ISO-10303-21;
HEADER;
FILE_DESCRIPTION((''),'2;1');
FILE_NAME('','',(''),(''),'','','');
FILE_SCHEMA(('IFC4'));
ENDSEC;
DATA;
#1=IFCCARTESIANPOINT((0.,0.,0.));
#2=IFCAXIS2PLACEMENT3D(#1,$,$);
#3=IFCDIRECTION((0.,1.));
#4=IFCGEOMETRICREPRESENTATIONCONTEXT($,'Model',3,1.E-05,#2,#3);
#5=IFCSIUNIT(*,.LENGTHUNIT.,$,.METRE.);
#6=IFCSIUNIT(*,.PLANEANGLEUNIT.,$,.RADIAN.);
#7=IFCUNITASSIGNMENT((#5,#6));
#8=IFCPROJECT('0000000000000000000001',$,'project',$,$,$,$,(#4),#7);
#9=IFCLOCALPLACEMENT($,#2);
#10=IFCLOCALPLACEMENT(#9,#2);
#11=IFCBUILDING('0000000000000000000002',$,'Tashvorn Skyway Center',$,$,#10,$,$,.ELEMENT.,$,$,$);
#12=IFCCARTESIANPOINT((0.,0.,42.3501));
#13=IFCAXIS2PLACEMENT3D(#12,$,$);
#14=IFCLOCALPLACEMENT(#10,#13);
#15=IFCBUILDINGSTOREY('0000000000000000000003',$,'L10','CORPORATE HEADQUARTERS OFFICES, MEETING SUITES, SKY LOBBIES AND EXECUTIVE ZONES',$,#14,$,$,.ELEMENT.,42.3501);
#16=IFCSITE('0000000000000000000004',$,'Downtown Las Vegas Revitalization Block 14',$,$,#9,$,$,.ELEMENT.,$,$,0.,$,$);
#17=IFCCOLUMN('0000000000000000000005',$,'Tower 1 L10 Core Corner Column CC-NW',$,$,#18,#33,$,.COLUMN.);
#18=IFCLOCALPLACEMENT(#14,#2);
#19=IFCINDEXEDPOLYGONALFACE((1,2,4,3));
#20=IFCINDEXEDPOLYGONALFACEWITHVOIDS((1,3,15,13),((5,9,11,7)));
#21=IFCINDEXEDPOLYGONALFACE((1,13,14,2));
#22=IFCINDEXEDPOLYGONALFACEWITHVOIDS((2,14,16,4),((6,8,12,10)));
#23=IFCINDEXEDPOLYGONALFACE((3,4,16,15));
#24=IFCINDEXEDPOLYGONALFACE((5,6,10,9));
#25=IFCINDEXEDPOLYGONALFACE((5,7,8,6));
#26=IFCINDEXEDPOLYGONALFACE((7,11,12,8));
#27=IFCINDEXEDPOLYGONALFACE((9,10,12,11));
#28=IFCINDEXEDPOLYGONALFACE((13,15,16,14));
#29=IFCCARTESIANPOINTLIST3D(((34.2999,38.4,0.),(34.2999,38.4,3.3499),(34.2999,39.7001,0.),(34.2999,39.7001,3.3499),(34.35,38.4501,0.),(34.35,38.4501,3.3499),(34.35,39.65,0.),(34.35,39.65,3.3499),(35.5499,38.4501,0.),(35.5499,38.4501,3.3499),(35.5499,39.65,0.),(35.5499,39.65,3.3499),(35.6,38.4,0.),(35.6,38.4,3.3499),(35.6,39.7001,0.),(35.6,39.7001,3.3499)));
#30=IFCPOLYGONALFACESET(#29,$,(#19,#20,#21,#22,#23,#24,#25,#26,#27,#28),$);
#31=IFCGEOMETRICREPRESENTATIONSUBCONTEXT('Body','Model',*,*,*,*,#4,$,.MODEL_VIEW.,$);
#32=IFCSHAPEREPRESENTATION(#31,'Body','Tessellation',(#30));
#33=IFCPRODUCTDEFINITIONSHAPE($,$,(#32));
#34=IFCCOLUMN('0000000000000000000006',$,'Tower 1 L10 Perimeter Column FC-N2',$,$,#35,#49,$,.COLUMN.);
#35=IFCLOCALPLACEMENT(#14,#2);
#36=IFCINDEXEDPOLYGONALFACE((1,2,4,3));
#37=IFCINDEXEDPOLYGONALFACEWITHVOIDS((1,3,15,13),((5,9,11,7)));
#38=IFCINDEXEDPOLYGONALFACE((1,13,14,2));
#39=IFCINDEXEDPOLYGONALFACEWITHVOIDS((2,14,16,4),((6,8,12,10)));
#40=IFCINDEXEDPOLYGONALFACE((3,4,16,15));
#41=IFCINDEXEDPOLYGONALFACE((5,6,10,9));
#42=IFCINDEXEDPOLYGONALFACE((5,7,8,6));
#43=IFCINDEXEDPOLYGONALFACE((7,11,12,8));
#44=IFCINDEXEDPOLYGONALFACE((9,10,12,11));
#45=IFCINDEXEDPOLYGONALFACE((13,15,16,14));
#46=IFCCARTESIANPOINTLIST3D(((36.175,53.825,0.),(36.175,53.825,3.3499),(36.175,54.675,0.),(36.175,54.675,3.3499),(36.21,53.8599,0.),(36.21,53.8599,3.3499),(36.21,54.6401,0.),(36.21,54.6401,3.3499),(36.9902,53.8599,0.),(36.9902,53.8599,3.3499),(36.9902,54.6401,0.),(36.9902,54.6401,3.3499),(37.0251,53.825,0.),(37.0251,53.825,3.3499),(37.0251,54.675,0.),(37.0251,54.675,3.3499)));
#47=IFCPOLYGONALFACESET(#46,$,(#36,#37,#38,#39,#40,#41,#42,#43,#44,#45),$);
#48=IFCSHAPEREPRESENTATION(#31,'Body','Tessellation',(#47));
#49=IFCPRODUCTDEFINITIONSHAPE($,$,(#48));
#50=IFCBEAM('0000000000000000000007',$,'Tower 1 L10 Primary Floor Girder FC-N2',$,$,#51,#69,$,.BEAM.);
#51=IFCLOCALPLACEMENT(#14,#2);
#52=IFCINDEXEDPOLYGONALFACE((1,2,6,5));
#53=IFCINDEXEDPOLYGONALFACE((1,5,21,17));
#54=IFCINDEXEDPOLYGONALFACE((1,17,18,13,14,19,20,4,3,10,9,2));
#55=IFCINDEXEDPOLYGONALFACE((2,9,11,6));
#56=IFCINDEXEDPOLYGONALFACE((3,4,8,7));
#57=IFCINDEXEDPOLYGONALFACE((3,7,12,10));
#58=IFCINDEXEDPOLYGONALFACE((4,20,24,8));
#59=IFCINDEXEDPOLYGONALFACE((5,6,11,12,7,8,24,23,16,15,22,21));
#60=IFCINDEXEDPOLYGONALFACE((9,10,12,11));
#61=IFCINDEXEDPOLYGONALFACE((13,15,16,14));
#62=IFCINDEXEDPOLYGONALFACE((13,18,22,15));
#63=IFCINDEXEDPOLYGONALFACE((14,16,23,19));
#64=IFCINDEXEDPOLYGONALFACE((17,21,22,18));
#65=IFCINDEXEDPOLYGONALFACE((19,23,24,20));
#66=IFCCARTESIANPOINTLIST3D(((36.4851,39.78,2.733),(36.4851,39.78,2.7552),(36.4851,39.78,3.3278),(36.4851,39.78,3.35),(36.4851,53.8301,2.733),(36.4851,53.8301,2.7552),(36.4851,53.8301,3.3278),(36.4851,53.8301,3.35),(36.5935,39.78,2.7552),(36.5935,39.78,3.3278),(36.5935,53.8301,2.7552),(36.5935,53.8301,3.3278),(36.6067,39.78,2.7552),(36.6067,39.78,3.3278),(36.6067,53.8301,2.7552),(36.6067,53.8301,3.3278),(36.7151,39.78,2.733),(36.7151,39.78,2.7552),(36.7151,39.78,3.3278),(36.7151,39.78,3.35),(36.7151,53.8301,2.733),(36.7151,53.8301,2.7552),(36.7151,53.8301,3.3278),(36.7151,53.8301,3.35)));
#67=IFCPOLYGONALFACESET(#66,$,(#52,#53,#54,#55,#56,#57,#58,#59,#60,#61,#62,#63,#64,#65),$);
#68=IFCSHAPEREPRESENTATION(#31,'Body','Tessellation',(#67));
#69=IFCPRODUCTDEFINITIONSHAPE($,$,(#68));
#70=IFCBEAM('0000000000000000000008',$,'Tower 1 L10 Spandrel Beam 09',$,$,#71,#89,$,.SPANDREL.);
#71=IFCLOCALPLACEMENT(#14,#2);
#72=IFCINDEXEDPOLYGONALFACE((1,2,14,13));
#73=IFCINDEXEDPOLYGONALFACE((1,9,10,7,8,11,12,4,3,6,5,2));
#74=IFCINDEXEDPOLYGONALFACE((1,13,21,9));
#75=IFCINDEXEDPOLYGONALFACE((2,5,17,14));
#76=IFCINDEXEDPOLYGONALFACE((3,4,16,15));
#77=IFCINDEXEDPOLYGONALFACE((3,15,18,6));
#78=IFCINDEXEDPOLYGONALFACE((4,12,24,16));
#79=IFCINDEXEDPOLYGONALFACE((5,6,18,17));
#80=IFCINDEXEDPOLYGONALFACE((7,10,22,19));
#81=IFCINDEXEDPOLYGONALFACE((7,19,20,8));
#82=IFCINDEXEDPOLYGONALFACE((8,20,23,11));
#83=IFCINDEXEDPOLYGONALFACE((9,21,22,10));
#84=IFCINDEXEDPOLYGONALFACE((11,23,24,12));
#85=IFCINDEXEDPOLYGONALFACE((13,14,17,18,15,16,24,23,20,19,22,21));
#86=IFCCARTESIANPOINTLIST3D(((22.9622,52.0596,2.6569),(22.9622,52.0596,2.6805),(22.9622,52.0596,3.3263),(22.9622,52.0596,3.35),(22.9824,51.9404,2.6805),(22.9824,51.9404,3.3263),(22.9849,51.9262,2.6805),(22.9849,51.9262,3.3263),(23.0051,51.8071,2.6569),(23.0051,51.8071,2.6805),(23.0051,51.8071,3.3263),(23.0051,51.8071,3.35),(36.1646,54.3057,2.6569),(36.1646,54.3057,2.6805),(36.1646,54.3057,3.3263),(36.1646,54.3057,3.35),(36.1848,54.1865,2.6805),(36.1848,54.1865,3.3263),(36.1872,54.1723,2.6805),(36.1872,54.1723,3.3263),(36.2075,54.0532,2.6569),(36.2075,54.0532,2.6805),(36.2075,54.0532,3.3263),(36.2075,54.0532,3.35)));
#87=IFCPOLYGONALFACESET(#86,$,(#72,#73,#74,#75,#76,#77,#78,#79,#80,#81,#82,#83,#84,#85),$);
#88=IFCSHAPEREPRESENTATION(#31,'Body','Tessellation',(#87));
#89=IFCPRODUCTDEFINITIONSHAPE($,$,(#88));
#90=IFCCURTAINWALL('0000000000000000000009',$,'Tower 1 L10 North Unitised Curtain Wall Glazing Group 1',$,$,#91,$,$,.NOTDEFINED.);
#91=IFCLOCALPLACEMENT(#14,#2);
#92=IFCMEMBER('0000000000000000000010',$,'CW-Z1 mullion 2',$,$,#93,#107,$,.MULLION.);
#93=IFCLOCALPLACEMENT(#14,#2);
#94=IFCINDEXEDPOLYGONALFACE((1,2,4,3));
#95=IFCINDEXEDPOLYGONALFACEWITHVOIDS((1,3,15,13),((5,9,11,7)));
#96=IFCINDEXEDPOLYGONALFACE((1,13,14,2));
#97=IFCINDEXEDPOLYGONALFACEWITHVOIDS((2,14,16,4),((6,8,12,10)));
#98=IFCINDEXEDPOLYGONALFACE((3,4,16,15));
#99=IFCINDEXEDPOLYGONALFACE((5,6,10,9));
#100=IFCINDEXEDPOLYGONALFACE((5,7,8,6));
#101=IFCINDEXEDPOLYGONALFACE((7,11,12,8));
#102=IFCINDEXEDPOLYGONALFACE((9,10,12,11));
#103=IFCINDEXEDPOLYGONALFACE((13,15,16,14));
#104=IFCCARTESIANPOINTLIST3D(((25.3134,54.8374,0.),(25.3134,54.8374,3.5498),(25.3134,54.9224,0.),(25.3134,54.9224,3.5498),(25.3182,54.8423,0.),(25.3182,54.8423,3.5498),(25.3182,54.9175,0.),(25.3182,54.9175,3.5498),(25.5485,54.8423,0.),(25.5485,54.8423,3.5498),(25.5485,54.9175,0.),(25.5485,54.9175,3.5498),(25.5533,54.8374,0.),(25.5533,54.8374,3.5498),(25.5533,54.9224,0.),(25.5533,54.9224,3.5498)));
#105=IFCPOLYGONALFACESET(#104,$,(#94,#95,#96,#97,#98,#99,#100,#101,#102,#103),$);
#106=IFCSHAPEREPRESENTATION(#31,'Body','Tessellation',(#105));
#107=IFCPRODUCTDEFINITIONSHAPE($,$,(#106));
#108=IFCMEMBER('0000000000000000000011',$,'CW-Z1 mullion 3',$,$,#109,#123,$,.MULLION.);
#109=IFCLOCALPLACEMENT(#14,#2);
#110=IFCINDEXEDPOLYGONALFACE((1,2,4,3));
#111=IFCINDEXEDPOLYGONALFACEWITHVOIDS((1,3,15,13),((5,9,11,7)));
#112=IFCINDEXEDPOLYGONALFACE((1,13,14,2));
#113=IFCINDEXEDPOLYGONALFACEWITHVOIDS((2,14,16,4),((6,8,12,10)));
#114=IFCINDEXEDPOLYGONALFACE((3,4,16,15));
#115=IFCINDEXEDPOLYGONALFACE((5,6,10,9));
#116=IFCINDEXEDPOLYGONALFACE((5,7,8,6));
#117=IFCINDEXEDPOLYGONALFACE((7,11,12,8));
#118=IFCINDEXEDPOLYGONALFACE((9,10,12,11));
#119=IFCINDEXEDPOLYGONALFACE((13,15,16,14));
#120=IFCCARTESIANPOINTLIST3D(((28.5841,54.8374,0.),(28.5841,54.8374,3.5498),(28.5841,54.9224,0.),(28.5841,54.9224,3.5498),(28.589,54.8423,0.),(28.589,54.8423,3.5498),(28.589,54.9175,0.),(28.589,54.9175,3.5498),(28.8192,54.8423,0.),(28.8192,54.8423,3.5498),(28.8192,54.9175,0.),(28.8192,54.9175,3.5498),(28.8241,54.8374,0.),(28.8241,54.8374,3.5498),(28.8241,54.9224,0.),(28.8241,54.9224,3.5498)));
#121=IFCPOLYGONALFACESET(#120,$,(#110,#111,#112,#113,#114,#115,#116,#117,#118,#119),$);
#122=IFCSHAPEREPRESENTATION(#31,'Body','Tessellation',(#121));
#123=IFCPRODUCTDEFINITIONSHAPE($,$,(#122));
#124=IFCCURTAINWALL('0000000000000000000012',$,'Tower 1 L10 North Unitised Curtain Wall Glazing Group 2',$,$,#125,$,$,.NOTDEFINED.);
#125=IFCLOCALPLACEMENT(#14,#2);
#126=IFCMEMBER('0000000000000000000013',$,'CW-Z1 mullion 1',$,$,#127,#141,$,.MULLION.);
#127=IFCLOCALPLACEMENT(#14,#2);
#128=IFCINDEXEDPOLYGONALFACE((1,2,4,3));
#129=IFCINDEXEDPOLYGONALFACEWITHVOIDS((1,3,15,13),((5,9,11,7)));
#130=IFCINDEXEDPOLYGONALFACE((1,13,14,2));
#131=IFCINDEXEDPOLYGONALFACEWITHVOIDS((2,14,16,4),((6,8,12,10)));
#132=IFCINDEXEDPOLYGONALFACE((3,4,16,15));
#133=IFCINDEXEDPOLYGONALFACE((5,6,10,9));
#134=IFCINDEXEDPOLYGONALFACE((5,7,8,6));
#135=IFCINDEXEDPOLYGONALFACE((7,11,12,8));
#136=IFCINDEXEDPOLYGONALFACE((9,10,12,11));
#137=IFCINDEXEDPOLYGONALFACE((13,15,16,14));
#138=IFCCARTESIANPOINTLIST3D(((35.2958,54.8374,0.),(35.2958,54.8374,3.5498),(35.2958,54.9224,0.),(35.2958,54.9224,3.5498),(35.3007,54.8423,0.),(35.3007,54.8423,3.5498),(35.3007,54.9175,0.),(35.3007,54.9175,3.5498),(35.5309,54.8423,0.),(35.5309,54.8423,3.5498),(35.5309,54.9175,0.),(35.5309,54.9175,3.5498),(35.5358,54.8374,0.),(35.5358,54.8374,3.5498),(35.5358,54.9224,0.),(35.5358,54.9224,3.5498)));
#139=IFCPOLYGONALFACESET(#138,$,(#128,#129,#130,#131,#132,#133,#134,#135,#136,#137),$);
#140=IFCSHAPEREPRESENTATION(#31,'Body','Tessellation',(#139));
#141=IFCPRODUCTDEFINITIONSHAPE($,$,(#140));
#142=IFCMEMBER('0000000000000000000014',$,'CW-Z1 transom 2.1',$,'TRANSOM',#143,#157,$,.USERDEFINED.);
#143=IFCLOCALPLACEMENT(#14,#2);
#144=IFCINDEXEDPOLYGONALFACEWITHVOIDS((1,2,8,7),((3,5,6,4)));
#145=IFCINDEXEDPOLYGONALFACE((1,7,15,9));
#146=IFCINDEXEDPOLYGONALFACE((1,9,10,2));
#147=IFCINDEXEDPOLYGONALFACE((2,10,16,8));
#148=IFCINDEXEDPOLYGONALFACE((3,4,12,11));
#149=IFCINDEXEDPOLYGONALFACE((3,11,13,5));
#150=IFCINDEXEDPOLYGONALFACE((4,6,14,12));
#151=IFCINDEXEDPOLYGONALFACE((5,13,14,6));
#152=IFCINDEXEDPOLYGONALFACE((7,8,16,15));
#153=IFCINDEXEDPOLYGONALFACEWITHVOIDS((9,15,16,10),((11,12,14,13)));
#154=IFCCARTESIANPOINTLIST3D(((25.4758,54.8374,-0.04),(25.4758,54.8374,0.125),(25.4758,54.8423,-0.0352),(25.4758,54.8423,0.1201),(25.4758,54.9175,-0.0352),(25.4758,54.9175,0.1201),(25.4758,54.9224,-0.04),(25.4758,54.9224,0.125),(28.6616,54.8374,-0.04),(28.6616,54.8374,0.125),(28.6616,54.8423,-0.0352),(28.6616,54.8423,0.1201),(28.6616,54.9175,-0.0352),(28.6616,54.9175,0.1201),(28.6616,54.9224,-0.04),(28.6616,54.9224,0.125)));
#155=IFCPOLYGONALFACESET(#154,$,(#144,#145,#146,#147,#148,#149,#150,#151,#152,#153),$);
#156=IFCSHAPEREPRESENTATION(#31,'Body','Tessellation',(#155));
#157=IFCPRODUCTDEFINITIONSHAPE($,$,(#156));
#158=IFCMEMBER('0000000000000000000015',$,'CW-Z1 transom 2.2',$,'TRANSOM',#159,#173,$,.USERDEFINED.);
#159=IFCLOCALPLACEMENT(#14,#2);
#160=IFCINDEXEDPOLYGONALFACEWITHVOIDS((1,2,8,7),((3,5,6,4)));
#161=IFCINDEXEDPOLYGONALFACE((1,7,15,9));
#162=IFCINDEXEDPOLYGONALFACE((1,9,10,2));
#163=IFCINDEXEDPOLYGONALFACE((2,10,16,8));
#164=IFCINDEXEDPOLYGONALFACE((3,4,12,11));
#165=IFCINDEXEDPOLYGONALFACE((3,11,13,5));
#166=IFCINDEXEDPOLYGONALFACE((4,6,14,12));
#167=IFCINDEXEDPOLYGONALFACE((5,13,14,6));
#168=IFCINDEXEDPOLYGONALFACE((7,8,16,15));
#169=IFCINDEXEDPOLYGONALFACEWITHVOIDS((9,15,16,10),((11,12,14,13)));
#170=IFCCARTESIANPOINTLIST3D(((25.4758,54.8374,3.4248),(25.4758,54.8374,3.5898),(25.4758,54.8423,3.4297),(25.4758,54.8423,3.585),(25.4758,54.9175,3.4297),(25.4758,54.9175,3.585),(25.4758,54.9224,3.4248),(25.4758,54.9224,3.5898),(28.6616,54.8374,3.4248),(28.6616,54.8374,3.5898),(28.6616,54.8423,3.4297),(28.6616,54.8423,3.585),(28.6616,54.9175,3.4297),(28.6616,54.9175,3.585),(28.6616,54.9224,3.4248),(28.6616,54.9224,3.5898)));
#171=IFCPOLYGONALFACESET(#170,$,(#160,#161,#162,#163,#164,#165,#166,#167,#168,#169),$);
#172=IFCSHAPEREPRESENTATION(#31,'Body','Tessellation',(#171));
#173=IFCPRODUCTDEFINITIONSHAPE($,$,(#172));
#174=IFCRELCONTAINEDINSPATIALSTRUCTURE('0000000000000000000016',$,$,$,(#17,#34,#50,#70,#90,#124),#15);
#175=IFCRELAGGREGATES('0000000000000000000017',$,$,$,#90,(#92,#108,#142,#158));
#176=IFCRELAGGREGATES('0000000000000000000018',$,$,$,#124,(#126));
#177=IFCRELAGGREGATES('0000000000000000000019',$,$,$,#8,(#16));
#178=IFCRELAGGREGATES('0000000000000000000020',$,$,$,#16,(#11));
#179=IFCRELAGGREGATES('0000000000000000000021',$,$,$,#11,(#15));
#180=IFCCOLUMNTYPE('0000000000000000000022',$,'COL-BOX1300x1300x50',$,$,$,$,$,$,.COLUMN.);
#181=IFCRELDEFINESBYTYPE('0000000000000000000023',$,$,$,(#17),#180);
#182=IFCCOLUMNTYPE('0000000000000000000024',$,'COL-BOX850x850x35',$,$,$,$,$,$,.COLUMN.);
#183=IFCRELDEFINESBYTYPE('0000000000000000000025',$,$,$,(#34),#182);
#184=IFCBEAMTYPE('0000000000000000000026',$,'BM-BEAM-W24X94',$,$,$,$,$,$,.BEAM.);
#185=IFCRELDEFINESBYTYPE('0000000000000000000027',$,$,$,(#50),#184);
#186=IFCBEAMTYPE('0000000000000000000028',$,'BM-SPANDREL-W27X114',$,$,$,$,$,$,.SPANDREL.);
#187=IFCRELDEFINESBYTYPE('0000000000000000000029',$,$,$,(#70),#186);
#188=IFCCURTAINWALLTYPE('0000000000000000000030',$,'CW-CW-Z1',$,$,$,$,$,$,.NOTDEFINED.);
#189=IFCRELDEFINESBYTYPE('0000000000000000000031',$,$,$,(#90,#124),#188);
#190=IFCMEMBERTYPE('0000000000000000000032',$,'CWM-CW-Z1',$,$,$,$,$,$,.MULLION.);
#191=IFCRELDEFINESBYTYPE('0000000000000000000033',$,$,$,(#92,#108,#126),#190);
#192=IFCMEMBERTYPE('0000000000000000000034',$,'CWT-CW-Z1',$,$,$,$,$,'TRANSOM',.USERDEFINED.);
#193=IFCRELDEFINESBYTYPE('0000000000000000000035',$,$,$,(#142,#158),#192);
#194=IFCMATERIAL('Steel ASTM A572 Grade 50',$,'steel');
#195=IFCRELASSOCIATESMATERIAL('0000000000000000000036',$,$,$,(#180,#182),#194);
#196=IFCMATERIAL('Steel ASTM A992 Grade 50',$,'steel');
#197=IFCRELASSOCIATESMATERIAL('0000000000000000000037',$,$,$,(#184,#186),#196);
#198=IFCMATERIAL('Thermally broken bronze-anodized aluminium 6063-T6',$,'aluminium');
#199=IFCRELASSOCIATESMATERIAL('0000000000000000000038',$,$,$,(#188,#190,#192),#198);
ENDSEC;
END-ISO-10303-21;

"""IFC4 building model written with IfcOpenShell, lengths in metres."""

from ifc_helpers import new_model, si_unit, direction, frame, origin, origin_2d, place, context, subcontext, project, spatial, hollow_rectangle, i_section, extrude, material, material_profile, profile_set, type_object, element, aggregate, save


model = new_model("IFC4")

# Units and contexts
model_context = context("Model", 3, precision=1e-05, world=origin(), true_north=direction((0.0, 1.0)))
body_context = subcontext(model_context, "Body", "Model", "MODEL_VIEW")
ifc_project = project(units=[si_unit("LENGTHUNIT", "METRE"), si_unit("PLANEANGLEUNIT", "RADIAN")], contexts=[model_context])

# Site, building, storey
site_placement = place(None, origin())
site = spatial("IfcSite", under=ifc_project, at=site_placement, Name="Downtown Las Vegas Revitalization Block 14", CompositionType="ELEMENT", RefElevation=0.0)
building_placement = place(site_placement, origin())
building = spatial("IfcBuilding", under=site, at=building_placement, Name="Tashvorn Skyway Center", CompositionType="ELEMENT")
storey_placement = place(building_placement, frame((0.0, 0.0, 42.3501)))
storey = spatial("IfcBuildingStorey", under=building, at=storey_placement, Name="L10", Description="CORPORATE HEADQUARTERS OFFICES, MEETING SUITES, SKY LOBBIES AND EXECUTIVE ZONES", CompositionType="ELEMENT", Elevation=42.3501)

# Columns
ifc_material_1 = material(Name="Steel ASTM A572 Grade 50", Category="steel")
ifc_material_profile_1 = material_profile(ifc_material_1, hollow_rectangle(XDim=1.3, YDim=1.3, WallThickness=0.05, at=origin_2d()), Name="BOX1300x1300x50")
ifc_profile_set_1 = profile_set([ifc_material_profile_1], Name="Steel ASTM A572 Grade 50")
column_type_1 = type_object("IfcColumnType", Name="COL-BOX1300x1300x50", PredefinedType="COLUMN", material=ifc_profile_set_1)
column_1_placement = place(storey_placement, frame((34.95, 39.05, 0.0), z_axis=(0.0, 0.0, 1.0), x_axis=(1.0, 0.0, 0.0)))
element("IfcColumn", 1, at=column_1_placement, inside=storey, type_object=column_type_1, Name="Tower 1 L10 Core Corner Column CC-NW", PredefinedType="COLUMN", context=body_context, shape_type="SweptSolid", body=[
    extrude(hollow_rectangle(XDim=1.3, YDim=1.3, WallThickness=0.05, at=origin_2d()), origin(), (0.0, 0.0, 1.0), 3.3499),
])
ifc_material_profile_2 = material_profile(ifc_material_1, hollow_rectangle(XDim=0.8501, YDim=0.8501, WallThickness=0.0349, at=origin_2d()), Name="BOX850x850x35")
ifc_profile_set_2 = profile_set([ifc_material_profile_2], Name="Steel ASTM A572 Grade 50")
column_type_2 = type_object("IfcColumnType", Name="COL-BOX850x850x35", PredefinedType="COLUMN", material=ifc_profile_set_2)
column_2_placement = place(storey_placement, frame((36.6001, 54.25, 0.0), z_axis=(0.0, 0.0, 1.0), x_axis=(1.0, 0.0, 0.0)))
element("IfcColumn", 2, at=column_2_placement, inside=storey, type_object=column_type_2, Name="Tower 1 L10 Perimeter Column FC-N2", PredefinedType="COLUMN", context=body_context, shape_type="SweptSolid", body=[
    extrude(hollow_rectangle(XDim=0.8501, YDim=0.8501, WallThickness=0.0349, at=origin_2d()), origin(), (0.0, 0.0, 1.0), 3.3499),
])

# Beams
ifc_material_2 = material(Name="Steel ASTM A992 Grade 50", Category="steel")
ifc_material_profile_3 = material_profile(ifc_material_2, i_section(OverallWidth=0.23, OverallDepth=0.6169, WebThickness=0.0132, FlangeThickness=0.0222, at=origin_2d()), Name="W24X94")
ifc_profile_set_3 = profile_set([ifc_material_profile_3], Name="Steel ASTM A992 Grade 50")
beam_type_1 = type_object("IfcBeamType", Name="BM-BEAM-W24X94", PredefinedType="BEAM", material=ifc_profile_set_3)
beam_1_placement = place(storey_placement, frame((36.6001, 53.8301, 3.0415), z_axis=(0.0, -1.0, 0.0), x_axis=(1.0, 0.0, 0.0)))
element("IfcBeam", 3, at=beam_1_placement, inside=storey, type_object=beam_type_1, Name="Tower 1 L10 Primary Floor Girder FC-N2", PredefinedType="BEAM", context=body_context, shape_type="SweptSolid", body=[
    extrude(i_section(OverallWidth=0.23, OverallDepth=0.6169, WebThickness=0.0132, FlangeThickness=0.0222, at=origin_2d()), origin(), (0.0, 0.0, 1.0), 14.05),
])
ifc_material_profile_4 = material_profile(ifc_material_2, i_section(OverallWidth=0.2561, OverallDepth=0.6931, WebThickness=0.0144, FlangeThickness=0.0237, at=origin_2d()), Name="W27X114")
ifc_profile_set_4 = profile_set([ifc_material_profile_4], Name="Steel ASTM A992 Grade 50")
beam_type_2 = type_object("IfcBeamType", Name="BM-SPANDREL-W27X114", PredefinedType="SPANDREL", material=ifc_profile_set_4)
beam_2_placement = place(storey_placement, frame((36.186, 54.1794, 3.0034), z_axis=(-0.985835, -0.167718, 0.0), x_axis=(0.167718, -0.985835, 0.0)))
element("IfcBeam", 4, at=beam_2_placement, inside=storey, type_object=beam_type_2, Name="Tower 1 L10 Spandrel Beam 09", PredefinedType="SPANDREL", context=body_context, shape_type="SweptSolid", body=[
    extrude(i_section(OverallWidth=0.2561, OverallDepth=0.6931, WebThickness=0.0144, FlangeThickness=0.0237, at=origin_2d()), origin(), (0.0, 0.0, 1.0), 13.3921),
])

# Curtain wall, members
ifc_material_3 = material(Name="Thermally broken bronze-anodized aluminium 6063-T6", Category="aluminium")
curtain_wall_type = type_object("IfcCurtainWallType", Name="CW-CW-Z1", PredefinedType="NOTDEFINED", material=ifc_material_3)
curtain_wall_1_placement = place(storey_placement, origin())
curtain_wall_1 = element("IfcCurtainWall", 5, at=curtain_wall_1_placement, inside=storey, type_object=curtain_wall_type, Name="Tower 1 L10 North Unitised Curtain Wall Glazing Group 1", PredefinedType="NOTDEFINED")
ifc_material_profile_5 = material_profile(ifc_material_3, hollow_rectangle(XDim=0.085, YDim=0.24, WallThickness=0.0049, at=origin_2d()), Name="ALU-MULL-85x240")
ifc_profile_set_5 = profile_set([ifc_material_profile_5], Name="Thermally broken bronze-anodized aluminium 6063-T6")
member_type_1 = type_object("IfcMemberType", Name="CWM-CW-Z1", PredefinedType="MULLION", material=ifc_profile_set_5)
member_1_placement = place(storey_placement, frame((25.4333, 54.8799, 0.0), z_axis=(0.0, 0.0, 1.0), x_axis=(0.0, 1.0, 0.0)))
member_1 = element("IfcMember", 6, at=member_1_placement, type_object=member_type_1, Name="CW-Z1 mullion 2", PredefinedType="MULLION", context=body_context, shape_type="SweptSolid", body=[
    extrude(hollow_rectangle(XDim=0.085, YDim=0.24, WallThickness=0.0049, at=origin_2d()), origin(), (0.0, 0.0, 1.0), 3.5498),
])
member_2_placement = place(storey_placement, frame((28.7041, 54.8799, 0.0), z_axis=(0.0, 0.0, 1.0), x_axis=(0.0, 1.0, 0.0)))
member_2 = element("IfcMember", 7, at=member_2_placement, type_object=member_type_1, Name="CW-Z1 mullion 3", PredefinedType="MULLION", context=body_context, shape_type="SweptSolid", body=[
    extrude(hollow_rectangle(XDim=0.085, YDim=0.24, WallThickness=0.0049, at=origin_2d()), origin(), (0.0, 0.0, 1.0), 3.5498),
])

# Curtain wall, member
curtain_wall_2_placement = place(storey_placement, origin())
curtain_wall_2 = element("IfcCurtainWall", 8, at=curtain_wall_2_placement, inside=storey, type_object=curtain_wall_type, Name="Tower 1 L10 North Unitised Curtain Wall Glazing Group 2", PredefinedType="NOTDEFINED")
member_3_placement = place(storey_placement, frame((35.4158, 54.8799, 0.0), z_axis=(0.0, 0.0, 1.0), x_axis=(0.0, 1.0, 0.0)))
member_3 = element("IfcMember", 9, at=member_3_placement, type_object=member_type_1, Name="CW-Z1 mullion 1", PredefinedType="MULLION", context=body_context, shape_type="SweptSolid", body=[
    extrude(hollow_rectangle(XDim=0.085, YDim=0.24, WallThickness=0.0049, at=origin_2d()), origin(), (0.0, 0.0, 1.0), 3.5498),
])

# Members
ifc_material_profile_6 = material_profile(ifc_material_3, hollow_rectangle(XDim=0.085, YDim=0.165, WallThickness=0.0049, at=origin_2d()), Name="ALU-TRAN-85x165")
ifc_profile_set_6 = profile_set([ifc_material_profile_6], Name="Thermally broken bronze-anodized aluminium 6063-T6")
member_type_2 = type_object("IfcMemberType", Name="CWT-CW-Z1", ElementType="TRANSOM", PredefinedType="USERDEFINED", material=ifc_profile_set_6)
member_4_placement = place(storey_placement, frame((25.4758, 54.8799, 0.0425), z_axis=(1.0, 0.0, 0.0), x_axis=(0.0, 1.0, 0.0)))
member_4 = element("IfcMember", 10, at=member_4_placement, type_object=member_type_2, Name="CW-Z1 transom 2.1", ObjectType="TRANSOM", PredefinedType="USERDEFINED", context=body_context, shape_type="SweptSolid", body=[
    extrude(hollow_rectangle(XDim=0.085, YDim=0.165, WallThickness=0.0049, at=origin_2d()), origin(), (0.0, 0.0, 1.0), 3.1858),
])
member_5_placement = place(storey_placement, frame((25.4758, 54.8799, 3.5073), z_axis=(1.0, 0.0, 0.0), x_axis=(0.0, 1.0, 0.0)))
member_5 = element("IfcMember", 11, at=member_5_placement, type_object=member_type_2, Name="CW-Z1 transom 2.2", ObjectType="TRANSOM", PredefinedType="USERDEFINED", context=body_context, shape_type="SweptSolid", body=[
    extrude(hollow_rectangle(XDim=0.085, YDim=0.165, WallThickness=0.0049, at=origin_2d()), origin(), (0.0, 0.0, 1.0), 3.1858),
])

aggregate(curtain_wall_1, [member_1, member_2, member_4, member_5])
aggregate(curtain_wall_2, [member_3])

save(model, "model.ifc")
